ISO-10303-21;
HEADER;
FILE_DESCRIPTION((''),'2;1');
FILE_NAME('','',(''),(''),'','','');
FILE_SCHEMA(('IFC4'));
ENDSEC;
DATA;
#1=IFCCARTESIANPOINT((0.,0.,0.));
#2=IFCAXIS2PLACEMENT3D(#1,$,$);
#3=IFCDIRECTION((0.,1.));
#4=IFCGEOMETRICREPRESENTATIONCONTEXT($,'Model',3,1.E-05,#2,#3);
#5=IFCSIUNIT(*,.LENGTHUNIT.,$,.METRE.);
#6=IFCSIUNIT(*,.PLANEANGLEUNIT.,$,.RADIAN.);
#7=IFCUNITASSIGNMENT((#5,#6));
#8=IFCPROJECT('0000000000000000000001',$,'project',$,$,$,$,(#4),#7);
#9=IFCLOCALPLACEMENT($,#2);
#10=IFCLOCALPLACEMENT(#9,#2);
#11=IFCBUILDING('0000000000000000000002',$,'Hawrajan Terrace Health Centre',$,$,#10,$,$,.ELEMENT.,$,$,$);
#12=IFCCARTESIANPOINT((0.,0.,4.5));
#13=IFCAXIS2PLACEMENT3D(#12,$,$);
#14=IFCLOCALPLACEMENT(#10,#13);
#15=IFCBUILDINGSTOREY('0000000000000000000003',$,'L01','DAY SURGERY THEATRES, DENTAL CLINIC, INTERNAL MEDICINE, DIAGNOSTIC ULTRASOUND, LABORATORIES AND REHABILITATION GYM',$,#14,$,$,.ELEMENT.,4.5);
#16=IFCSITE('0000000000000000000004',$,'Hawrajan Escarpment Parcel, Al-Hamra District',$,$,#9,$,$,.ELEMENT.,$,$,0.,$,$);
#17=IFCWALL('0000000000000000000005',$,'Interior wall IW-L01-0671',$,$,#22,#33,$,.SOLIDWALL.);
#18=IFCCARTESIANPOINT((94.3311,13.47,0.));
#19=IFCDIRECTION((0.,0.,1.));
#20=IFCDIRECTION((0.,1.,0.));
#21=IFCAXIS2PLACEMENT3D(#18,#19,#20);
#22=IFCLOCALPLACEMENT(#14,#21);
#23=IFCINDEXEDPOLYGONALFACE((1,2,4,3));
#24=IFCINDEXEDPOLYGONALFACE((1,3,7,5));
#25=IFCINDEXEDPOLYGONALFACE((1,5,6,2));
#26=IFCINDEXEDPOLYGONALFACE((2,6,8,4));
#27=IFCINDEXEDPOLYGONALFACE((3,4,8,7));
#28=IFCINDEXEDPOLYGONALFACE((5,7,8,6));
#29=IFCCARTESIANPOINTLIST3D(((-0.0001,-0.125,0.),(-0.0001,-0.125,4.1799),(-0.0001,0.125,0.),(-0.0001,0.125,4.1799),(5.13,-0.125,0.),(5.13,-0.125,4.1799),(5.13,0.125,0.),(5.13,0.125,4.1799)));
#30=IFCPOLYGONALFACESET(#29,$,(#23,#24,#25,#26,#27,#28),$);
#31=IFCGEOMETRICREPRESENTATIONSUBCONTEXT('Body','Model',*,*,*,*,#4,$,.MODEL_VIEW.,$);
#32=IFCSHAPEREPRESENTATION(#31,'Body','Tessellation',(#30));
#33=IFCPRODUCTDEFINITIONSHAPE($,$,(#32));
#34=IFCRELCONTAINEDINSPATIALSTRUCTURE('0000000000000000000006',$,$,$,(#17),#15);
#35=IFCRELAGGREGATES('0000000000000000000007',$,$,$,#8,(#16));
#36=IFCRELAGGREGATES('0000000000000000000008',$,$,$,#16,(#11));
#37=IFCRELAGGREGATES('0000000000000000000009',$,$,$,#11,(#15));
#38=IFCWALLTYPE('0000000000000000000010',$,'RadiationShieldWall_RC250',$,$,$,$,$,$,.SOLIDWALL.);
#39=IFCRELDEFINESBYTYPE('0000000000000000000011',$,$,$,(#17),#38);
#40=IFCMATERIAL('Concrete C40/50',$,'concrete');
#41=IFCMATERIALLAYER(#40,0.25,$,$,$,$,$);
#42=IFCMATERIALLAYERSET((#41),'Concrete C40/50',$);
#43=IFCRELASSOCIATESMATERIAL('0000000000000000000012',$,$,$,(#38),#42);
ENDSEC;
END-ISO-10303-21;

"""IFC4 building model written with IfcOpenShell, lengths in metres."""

from ifc_helpers import new_model, si_unit, direction, frame, frame_2d, origin, place, context, subcontext, project, spatial, rectangle, extrude, material, layer, layer_set, type_object, element, save


model = new_model("IFC4")

# Units and contexts
model_context = context("Model", 3, precision=1e-05, world=origin(), true_north=direction((0.0, 1.0)))
body_context = subcontext(model_context, "Body", "Model", "MODEL_VIEW")
ifc_project = project(units=[si_unit("LENGTHUNIT", "METRE"), si_unit("PLANEANGLEUNIT", "RADIAN")], contexts=[model_context])

# Site, building, storey
site_placement = place(None, origin())
site = spatial("IfcSite", under=ifc_project, at=site_placement, Name="Hawrajan Escarpment Parcel, Al-Hamra District", CompositionType="ELEMENT", RefElevation=0.0)
building_placement = place(site_placement, origin())
building = spatial("IfcBuilding", under=site, at=building_placement, Name="Hawrajan Terrace Health Centre", CompositionType="ELEMENT")
storey_placement = place(building_placement, frame((0.0, 0.0, 4.5)))
storey = spatial("IfcBuildingStorey", under=building, at=storey_placement, Name="L01", Description="DAY SURGERY THEATRES, DENTAL CLINIC, INTERNAL MEDICINE, DIAGNOSTIC ULTRASOUND, LABORATORIES AND REHABILITATION GYM", CompositionType="ELEMENT", Elevation=4.5)

# Shared definitions
ifc_material_1 = material(Name="Concrete C40/50", Category="concrete")

# Wall
ifc_layer_1 = layer(ifc_material_1, 0.25)
ifc_layer_set_1 = layer_set([ifc_layer_1], Name="Concrete C40/50")
wall_type_1 = type_object("IfcWallType", Name="RadiationShieldWall_RC250", PredefinedType="SOLIDWALL", material=ifc_layer_set_1)
wall_1_placement = place(storey_placement, frame((94.3311, 13.47, 0.0), z_axis=(0.0, 0.0, 1.0), x_axis=(0.0, 1.0, 0.0)))
element("IfcWall", 1, at=wall_1_placement, inside=storey, type_object=wall_type_1, Name="Interior wall IW-L01-0671", PredefinedType="SOLIDWALL", context=body_context, shape_type="SweptSolid", body=[
    extrude(rectangle(XDim=5.1301, YDim=0.25, at=frame_2d((2.5649, 0.0))), origin(), (0.0, 0.0, 1.0), 4.1799),
])

save(model, "model.ifc")
